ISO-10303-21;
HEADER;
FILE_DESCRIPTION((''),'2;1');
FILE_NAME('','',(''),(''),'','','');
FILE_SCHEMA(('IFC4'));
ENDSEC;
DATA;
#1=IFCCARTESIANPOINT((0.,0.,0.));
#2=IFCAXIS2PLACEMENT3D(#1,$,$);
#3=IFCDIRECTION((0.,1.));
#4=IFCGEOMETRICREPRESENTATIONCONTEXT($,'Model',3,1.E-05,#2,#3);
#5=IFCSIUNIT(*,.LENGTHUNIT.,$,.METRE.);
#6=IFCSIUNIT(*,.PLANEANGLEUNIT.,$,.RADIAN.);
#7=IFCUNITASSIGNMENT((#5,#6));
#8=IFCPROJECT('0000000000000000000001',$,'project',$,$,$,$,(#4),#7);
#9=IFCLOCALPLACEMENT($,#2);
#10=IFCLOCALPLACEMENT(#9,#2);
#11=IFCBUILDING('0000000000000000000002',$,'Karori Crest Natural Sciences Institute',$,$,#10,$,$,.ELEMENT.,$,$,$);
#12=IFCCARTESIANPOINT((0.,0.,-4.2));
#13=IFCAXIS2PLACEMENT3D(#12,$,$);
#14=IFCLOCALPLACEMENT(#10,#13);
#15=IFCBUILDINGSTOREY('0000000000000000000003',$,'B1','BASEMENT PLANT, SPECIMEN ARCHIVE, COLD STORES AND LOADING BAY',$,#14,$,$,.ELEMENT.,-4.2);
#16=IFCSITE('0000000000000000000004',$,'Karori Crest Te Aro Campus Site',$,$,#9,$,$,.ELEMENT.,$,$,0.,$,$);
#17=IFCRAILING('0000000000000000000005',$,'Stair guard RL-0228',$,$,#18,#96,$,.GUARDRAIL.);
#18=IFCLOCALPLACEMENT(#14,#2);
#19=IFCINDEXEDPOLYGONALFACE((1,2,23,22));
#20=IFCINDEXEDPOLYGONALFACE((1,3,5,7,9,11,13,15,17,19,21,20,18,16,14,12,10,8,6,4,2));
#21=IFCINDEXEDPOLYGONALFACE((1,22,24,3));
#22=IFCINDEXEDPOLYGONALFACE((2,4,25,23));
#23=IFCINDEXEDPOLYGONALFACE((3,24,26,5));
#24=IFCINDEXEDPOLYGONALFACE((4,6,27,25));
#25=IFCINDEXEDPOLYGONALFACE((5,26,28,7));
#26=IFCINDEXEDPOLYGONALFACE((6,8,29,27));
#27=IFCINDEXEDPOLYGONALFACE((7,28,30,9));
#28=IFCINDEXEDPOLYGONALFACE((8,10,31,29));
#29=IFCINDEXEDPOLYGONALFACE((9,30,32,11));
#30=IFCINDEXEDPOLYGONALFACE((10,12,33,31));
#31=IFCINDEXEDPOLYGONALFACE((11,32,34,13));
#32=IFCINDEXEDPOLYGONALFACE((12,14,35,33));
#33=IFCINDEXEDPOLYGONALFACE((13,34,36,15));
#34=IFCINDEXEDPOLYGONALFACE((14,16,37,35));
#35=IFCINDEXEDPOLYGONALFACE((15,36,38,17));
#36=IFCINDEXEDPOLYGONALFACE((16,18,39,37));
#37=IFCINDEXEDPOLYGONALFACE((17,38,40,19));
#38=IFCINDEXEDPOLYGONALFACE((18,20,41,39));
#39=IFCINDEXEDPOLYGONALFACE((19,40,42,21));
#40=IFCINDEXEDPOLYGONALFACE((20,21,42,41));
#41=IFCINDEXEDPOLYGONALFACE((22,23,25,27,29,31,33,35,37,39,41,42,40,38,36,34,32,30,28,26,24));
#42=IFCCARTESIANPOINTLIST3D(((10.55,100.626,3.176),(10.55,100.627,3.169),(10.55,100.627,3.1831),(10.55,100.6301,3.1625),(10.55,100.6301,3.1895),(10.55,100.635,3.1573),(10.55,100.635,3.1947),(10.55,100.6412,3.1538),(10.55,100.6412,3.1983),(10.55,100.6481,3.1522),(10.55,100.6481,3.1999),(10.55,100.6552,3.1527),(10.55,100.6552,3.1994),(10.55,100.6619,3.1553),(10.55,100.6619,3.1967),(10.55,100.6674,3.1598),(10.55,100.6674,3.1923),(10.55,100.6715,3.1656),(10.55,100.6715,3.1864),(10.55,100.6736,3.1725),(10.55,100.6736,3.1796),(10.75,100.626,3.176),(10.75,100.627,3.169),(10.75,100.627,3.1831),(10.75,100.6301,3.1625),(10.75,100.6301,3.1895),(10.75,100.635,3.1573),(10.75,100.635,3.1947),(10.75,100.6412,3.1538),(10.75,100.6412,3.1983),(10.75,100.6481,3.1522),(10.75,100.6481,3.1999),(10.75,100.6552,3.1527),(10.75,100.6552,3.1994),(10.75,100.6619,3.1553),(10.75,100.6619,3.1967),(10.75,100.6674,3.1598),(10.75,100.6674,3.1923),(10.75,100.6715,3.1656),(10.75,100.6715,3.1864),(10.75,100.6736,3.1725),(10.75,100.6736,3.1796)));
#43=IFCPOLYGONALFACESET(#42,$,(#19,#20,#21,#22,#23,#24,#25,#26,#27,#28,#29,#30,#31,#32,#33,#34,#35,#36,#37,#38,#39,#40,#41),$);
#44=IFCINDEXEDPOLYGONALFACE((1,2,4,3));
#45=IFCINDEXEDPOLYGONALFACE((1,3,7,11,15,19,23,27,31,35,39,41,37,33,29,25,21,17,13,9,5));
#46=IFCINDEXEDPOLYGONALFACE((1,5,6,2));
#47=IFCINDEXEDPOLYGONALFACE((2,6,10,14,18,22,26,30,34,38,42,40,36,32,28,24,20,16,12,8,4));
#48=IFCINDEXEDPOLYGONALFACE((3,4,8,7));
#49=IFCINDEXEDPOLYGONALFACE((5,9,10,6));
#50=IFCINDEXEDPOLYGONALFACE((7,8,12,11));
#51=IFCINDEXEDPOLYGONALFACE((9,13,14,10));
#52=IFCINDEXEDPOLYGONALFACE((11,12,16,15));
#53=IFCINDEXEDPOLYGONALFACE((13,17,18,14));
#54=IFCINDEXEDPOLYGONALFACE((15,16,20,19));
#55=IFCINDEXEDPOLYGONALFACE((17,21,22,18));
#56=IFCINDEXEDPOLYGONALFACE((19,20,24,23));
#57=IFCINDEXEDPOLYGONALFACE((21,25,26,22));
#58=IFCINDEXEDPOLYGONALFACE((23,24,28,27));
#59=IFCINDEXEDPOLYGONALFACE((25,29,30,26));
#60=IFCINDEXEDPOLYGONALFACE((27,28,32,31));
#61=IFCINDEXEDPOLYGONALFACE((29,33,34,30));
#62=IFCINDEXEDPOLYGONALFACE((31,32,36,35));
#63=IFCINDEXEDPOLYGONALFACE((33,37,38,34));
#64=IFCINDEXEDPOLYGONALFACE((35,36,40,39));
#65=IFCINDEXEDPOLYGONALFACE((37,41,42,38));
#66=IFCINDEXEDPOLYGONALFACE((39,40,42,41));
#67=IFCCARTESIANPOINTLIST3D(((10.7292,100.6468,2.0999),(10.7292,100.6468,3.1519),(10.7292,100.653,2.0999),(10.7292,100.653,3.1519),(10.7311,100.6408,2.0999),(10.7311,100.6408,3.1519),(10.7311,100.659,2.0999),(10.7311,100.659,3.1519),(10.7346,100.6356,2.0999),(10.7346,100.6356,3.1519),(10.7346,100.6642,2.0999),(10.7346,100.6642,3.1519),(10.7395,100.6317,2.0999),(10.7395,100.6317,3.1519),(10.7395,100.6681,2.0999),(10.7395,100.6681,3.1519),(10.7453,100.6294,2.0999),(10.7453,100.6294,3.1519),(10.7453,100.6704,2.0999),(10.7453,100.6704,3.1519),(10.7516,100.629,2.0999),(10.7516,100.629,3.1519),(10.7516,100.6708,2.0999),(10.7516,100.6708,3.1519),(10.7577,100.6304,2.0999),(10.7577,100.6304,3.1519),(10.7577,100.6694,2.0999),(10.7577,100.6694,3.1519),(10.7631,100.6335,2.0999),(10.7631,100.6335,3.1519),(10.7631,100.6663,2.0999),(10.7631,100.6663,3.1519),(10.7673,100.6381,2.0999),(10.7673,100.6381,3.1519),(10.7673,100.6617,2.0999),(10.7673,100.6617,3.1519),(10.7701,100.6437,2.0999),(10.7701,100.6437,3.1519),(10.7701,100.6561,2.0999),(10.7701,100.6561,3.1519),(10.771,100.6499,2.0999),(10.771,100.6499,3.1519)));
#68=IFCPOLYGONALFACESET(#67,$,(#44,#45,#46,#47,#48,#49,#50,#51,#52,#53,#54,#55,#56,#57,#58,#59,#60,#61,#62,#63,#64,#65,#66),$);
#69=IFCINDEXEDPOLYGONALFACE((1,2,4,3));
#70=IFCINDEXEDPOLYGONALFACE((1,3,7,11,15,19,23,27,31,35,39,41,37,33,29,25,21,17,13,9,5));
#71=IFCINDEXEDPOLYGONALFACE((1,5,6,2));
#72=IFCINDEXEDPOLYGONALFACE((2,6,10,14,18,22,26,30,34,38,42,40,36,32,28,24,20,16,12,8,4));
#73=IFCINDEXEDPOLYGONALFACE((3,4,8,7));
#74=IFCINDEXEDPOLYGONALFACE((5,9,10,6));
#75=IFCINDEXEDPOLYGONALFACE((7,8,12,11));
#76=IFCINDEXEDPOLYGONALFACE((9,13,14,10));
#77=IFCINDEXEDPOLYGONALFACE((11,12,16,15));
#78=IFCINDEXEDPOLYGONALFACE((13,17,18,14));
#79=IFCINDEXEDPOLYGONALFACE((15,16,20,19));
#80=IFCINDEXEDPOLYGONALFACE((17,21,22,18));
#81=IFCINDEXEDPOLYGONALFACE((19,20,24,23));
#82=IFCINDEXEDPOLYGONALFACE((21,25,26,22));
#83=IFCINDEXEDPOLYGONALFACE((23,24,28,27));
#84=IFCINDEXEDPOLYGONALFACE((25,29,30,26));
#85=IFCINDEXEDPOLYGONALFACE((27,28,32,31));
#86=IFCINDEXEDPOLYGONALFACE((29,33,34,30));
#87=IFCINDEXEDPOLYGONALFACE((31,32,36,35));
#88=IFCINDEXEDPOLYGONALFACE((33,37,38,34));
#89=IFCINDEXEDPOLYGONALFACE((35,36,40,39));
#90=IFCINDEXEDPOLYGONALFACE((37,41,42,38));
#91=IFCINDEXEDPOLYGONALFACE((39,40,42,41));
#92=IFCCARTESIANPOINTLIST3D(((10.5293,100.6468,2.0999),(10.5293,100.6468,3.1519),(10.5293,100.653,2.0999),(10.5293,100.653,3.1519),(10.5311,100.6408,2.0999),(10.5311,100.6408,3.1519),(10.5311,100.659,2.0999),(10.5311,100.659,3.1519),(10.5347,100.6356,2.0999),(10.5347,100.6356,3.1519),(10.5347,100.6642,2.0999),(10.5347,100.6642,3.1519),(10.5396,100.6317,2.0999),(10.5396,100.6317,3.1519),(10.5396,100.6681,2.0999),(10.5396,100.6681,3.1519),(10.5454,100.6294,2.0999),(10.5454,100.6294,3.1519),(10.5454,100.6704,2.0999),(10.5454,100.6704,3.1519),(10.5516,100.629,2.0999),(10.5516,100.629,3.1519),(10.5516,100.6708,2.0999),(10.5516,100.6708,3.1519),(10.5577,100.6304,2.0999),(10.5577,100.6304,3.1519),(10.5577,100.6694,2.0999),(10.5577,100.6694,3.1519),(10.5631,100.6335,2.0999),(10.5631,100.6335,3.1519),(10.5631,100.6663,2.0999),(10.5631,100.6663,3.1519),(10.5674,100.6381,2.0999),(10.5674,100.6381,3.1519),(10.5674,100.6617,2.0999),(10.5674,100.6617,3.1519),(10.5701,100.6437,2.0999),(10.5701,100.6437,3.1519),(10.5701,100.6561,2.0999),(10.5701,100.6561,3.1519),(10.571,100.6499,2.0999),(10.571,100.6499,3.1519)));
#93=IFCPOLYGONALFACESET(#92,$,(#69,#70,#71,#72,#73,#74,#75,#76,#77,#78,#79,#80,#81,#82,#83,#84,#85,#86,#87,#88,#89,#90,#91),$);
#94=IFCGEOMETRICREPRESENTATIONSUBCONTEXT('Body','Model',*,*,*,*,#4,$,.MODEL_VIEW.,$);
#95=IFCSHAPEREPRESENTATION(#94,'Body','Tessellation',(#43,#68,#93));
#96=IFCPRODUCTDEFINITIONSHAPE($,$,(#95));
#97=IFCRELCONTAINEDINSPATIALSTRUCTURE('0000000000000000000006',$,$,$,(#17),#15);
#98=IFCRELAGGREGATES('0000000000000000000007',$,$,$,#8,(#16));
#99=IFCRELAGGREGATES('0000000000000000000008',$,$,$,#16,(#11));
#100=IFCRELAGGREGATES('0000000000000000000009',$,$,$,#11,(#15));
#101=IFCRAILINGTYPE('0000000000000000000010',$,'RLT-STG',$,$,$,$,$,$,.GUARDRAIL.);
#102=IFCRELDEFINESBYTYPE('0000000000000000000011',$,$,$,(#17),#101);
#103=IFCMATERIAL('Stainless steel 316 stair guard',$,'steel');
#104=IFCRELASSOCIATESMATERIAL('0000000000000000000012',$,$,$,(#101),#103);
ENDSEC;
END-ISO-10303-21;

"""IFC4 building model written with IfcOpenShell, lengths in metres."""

from ifc_helpers import new_model, si_unit, direction, frame, origin, origin_2d, place, context, subcontext, project, spatial, circle, extrude, material, type_object, element, save


model = new_model("IFC4")

# Units and contexts
model_context = context("Model", 3, precision=1e-05, world=origin(), true_north=direction((0.0, 1.0)))
body_context = subcontext(model_context, "Body", "Model", "MODEL_VIEW")
ifc_project = project(units=[si_unit("LENGTHUNIT", "METRE"), si_unit("PLANEANGLEUNIT", "RADIAN")], contexts=[model_context])

# Site, building, storey
site_placement = place(None, origin())
site = spatial("IfcSite", under=ifc_project, at=site_placement, Name="Karori Crest Te Aro Campus Site", CompositionType="ELEMENT", RefElevation=0.0)
building_placement = place(site_placement, origin())
building = spatial("IfcBuilding", under=site, at=building_placement, Name="Karori Crest Natural Sciences Institute", CompositionType="ELEMENT")
storey_placement = place(building_placement, frame((0.0, 0.0, -4.2)))
storey = spatial("IfcBuildingStorey", under=building, at=storey_placement, Name="B1", Description="BASEMENT PLANT, SPECIMEN ARCHIVE, COLD STORES AND LOADING BAY", CompositionType="ELEMENT", Elevation=-4.2)

# Railing
ifc_material_1 = material(Name="Stainless steel 316 stair guard", Category="steel")
railing_type_1 = type_object("IfcRailingType", Name="RLT-STG", PredefinedType="GUARDRAIL", material=ifc_material_1)
railing_1_placement = place(storey_placement, frame((10.75, 100.6499, 2.0999)))
element("IfcRailing", 1, at=railing_1_placement, inside=storey, type_object=railing_type_1, Name="Stair guard RL-0228", PredefinedType="GUARDRAIL", context=body_context, shape_type="SweptSolid", body=[
    extrude(circle(Radius=0.0239, at=origin_2d()), frame((0.0, 0.0, 1.0762), z_axis=(-1.0, 0.0, 0.0), x_axis=(0.0, -1.0, 0.0)), (0.0, 0.0, 1.0), 0.2),
    extrude(circle(Radius=0.021, at=origin_2d()), origin(), (0.0, 0.0, 1.0), 1.052),
    extrude(circle(Radius=0.021, at=origin_2d()), frame((-0.2, 0.0, 0.0)), (0.0, 0.0, 1.0), 1.052),
])

save(model, "model.ifc")
